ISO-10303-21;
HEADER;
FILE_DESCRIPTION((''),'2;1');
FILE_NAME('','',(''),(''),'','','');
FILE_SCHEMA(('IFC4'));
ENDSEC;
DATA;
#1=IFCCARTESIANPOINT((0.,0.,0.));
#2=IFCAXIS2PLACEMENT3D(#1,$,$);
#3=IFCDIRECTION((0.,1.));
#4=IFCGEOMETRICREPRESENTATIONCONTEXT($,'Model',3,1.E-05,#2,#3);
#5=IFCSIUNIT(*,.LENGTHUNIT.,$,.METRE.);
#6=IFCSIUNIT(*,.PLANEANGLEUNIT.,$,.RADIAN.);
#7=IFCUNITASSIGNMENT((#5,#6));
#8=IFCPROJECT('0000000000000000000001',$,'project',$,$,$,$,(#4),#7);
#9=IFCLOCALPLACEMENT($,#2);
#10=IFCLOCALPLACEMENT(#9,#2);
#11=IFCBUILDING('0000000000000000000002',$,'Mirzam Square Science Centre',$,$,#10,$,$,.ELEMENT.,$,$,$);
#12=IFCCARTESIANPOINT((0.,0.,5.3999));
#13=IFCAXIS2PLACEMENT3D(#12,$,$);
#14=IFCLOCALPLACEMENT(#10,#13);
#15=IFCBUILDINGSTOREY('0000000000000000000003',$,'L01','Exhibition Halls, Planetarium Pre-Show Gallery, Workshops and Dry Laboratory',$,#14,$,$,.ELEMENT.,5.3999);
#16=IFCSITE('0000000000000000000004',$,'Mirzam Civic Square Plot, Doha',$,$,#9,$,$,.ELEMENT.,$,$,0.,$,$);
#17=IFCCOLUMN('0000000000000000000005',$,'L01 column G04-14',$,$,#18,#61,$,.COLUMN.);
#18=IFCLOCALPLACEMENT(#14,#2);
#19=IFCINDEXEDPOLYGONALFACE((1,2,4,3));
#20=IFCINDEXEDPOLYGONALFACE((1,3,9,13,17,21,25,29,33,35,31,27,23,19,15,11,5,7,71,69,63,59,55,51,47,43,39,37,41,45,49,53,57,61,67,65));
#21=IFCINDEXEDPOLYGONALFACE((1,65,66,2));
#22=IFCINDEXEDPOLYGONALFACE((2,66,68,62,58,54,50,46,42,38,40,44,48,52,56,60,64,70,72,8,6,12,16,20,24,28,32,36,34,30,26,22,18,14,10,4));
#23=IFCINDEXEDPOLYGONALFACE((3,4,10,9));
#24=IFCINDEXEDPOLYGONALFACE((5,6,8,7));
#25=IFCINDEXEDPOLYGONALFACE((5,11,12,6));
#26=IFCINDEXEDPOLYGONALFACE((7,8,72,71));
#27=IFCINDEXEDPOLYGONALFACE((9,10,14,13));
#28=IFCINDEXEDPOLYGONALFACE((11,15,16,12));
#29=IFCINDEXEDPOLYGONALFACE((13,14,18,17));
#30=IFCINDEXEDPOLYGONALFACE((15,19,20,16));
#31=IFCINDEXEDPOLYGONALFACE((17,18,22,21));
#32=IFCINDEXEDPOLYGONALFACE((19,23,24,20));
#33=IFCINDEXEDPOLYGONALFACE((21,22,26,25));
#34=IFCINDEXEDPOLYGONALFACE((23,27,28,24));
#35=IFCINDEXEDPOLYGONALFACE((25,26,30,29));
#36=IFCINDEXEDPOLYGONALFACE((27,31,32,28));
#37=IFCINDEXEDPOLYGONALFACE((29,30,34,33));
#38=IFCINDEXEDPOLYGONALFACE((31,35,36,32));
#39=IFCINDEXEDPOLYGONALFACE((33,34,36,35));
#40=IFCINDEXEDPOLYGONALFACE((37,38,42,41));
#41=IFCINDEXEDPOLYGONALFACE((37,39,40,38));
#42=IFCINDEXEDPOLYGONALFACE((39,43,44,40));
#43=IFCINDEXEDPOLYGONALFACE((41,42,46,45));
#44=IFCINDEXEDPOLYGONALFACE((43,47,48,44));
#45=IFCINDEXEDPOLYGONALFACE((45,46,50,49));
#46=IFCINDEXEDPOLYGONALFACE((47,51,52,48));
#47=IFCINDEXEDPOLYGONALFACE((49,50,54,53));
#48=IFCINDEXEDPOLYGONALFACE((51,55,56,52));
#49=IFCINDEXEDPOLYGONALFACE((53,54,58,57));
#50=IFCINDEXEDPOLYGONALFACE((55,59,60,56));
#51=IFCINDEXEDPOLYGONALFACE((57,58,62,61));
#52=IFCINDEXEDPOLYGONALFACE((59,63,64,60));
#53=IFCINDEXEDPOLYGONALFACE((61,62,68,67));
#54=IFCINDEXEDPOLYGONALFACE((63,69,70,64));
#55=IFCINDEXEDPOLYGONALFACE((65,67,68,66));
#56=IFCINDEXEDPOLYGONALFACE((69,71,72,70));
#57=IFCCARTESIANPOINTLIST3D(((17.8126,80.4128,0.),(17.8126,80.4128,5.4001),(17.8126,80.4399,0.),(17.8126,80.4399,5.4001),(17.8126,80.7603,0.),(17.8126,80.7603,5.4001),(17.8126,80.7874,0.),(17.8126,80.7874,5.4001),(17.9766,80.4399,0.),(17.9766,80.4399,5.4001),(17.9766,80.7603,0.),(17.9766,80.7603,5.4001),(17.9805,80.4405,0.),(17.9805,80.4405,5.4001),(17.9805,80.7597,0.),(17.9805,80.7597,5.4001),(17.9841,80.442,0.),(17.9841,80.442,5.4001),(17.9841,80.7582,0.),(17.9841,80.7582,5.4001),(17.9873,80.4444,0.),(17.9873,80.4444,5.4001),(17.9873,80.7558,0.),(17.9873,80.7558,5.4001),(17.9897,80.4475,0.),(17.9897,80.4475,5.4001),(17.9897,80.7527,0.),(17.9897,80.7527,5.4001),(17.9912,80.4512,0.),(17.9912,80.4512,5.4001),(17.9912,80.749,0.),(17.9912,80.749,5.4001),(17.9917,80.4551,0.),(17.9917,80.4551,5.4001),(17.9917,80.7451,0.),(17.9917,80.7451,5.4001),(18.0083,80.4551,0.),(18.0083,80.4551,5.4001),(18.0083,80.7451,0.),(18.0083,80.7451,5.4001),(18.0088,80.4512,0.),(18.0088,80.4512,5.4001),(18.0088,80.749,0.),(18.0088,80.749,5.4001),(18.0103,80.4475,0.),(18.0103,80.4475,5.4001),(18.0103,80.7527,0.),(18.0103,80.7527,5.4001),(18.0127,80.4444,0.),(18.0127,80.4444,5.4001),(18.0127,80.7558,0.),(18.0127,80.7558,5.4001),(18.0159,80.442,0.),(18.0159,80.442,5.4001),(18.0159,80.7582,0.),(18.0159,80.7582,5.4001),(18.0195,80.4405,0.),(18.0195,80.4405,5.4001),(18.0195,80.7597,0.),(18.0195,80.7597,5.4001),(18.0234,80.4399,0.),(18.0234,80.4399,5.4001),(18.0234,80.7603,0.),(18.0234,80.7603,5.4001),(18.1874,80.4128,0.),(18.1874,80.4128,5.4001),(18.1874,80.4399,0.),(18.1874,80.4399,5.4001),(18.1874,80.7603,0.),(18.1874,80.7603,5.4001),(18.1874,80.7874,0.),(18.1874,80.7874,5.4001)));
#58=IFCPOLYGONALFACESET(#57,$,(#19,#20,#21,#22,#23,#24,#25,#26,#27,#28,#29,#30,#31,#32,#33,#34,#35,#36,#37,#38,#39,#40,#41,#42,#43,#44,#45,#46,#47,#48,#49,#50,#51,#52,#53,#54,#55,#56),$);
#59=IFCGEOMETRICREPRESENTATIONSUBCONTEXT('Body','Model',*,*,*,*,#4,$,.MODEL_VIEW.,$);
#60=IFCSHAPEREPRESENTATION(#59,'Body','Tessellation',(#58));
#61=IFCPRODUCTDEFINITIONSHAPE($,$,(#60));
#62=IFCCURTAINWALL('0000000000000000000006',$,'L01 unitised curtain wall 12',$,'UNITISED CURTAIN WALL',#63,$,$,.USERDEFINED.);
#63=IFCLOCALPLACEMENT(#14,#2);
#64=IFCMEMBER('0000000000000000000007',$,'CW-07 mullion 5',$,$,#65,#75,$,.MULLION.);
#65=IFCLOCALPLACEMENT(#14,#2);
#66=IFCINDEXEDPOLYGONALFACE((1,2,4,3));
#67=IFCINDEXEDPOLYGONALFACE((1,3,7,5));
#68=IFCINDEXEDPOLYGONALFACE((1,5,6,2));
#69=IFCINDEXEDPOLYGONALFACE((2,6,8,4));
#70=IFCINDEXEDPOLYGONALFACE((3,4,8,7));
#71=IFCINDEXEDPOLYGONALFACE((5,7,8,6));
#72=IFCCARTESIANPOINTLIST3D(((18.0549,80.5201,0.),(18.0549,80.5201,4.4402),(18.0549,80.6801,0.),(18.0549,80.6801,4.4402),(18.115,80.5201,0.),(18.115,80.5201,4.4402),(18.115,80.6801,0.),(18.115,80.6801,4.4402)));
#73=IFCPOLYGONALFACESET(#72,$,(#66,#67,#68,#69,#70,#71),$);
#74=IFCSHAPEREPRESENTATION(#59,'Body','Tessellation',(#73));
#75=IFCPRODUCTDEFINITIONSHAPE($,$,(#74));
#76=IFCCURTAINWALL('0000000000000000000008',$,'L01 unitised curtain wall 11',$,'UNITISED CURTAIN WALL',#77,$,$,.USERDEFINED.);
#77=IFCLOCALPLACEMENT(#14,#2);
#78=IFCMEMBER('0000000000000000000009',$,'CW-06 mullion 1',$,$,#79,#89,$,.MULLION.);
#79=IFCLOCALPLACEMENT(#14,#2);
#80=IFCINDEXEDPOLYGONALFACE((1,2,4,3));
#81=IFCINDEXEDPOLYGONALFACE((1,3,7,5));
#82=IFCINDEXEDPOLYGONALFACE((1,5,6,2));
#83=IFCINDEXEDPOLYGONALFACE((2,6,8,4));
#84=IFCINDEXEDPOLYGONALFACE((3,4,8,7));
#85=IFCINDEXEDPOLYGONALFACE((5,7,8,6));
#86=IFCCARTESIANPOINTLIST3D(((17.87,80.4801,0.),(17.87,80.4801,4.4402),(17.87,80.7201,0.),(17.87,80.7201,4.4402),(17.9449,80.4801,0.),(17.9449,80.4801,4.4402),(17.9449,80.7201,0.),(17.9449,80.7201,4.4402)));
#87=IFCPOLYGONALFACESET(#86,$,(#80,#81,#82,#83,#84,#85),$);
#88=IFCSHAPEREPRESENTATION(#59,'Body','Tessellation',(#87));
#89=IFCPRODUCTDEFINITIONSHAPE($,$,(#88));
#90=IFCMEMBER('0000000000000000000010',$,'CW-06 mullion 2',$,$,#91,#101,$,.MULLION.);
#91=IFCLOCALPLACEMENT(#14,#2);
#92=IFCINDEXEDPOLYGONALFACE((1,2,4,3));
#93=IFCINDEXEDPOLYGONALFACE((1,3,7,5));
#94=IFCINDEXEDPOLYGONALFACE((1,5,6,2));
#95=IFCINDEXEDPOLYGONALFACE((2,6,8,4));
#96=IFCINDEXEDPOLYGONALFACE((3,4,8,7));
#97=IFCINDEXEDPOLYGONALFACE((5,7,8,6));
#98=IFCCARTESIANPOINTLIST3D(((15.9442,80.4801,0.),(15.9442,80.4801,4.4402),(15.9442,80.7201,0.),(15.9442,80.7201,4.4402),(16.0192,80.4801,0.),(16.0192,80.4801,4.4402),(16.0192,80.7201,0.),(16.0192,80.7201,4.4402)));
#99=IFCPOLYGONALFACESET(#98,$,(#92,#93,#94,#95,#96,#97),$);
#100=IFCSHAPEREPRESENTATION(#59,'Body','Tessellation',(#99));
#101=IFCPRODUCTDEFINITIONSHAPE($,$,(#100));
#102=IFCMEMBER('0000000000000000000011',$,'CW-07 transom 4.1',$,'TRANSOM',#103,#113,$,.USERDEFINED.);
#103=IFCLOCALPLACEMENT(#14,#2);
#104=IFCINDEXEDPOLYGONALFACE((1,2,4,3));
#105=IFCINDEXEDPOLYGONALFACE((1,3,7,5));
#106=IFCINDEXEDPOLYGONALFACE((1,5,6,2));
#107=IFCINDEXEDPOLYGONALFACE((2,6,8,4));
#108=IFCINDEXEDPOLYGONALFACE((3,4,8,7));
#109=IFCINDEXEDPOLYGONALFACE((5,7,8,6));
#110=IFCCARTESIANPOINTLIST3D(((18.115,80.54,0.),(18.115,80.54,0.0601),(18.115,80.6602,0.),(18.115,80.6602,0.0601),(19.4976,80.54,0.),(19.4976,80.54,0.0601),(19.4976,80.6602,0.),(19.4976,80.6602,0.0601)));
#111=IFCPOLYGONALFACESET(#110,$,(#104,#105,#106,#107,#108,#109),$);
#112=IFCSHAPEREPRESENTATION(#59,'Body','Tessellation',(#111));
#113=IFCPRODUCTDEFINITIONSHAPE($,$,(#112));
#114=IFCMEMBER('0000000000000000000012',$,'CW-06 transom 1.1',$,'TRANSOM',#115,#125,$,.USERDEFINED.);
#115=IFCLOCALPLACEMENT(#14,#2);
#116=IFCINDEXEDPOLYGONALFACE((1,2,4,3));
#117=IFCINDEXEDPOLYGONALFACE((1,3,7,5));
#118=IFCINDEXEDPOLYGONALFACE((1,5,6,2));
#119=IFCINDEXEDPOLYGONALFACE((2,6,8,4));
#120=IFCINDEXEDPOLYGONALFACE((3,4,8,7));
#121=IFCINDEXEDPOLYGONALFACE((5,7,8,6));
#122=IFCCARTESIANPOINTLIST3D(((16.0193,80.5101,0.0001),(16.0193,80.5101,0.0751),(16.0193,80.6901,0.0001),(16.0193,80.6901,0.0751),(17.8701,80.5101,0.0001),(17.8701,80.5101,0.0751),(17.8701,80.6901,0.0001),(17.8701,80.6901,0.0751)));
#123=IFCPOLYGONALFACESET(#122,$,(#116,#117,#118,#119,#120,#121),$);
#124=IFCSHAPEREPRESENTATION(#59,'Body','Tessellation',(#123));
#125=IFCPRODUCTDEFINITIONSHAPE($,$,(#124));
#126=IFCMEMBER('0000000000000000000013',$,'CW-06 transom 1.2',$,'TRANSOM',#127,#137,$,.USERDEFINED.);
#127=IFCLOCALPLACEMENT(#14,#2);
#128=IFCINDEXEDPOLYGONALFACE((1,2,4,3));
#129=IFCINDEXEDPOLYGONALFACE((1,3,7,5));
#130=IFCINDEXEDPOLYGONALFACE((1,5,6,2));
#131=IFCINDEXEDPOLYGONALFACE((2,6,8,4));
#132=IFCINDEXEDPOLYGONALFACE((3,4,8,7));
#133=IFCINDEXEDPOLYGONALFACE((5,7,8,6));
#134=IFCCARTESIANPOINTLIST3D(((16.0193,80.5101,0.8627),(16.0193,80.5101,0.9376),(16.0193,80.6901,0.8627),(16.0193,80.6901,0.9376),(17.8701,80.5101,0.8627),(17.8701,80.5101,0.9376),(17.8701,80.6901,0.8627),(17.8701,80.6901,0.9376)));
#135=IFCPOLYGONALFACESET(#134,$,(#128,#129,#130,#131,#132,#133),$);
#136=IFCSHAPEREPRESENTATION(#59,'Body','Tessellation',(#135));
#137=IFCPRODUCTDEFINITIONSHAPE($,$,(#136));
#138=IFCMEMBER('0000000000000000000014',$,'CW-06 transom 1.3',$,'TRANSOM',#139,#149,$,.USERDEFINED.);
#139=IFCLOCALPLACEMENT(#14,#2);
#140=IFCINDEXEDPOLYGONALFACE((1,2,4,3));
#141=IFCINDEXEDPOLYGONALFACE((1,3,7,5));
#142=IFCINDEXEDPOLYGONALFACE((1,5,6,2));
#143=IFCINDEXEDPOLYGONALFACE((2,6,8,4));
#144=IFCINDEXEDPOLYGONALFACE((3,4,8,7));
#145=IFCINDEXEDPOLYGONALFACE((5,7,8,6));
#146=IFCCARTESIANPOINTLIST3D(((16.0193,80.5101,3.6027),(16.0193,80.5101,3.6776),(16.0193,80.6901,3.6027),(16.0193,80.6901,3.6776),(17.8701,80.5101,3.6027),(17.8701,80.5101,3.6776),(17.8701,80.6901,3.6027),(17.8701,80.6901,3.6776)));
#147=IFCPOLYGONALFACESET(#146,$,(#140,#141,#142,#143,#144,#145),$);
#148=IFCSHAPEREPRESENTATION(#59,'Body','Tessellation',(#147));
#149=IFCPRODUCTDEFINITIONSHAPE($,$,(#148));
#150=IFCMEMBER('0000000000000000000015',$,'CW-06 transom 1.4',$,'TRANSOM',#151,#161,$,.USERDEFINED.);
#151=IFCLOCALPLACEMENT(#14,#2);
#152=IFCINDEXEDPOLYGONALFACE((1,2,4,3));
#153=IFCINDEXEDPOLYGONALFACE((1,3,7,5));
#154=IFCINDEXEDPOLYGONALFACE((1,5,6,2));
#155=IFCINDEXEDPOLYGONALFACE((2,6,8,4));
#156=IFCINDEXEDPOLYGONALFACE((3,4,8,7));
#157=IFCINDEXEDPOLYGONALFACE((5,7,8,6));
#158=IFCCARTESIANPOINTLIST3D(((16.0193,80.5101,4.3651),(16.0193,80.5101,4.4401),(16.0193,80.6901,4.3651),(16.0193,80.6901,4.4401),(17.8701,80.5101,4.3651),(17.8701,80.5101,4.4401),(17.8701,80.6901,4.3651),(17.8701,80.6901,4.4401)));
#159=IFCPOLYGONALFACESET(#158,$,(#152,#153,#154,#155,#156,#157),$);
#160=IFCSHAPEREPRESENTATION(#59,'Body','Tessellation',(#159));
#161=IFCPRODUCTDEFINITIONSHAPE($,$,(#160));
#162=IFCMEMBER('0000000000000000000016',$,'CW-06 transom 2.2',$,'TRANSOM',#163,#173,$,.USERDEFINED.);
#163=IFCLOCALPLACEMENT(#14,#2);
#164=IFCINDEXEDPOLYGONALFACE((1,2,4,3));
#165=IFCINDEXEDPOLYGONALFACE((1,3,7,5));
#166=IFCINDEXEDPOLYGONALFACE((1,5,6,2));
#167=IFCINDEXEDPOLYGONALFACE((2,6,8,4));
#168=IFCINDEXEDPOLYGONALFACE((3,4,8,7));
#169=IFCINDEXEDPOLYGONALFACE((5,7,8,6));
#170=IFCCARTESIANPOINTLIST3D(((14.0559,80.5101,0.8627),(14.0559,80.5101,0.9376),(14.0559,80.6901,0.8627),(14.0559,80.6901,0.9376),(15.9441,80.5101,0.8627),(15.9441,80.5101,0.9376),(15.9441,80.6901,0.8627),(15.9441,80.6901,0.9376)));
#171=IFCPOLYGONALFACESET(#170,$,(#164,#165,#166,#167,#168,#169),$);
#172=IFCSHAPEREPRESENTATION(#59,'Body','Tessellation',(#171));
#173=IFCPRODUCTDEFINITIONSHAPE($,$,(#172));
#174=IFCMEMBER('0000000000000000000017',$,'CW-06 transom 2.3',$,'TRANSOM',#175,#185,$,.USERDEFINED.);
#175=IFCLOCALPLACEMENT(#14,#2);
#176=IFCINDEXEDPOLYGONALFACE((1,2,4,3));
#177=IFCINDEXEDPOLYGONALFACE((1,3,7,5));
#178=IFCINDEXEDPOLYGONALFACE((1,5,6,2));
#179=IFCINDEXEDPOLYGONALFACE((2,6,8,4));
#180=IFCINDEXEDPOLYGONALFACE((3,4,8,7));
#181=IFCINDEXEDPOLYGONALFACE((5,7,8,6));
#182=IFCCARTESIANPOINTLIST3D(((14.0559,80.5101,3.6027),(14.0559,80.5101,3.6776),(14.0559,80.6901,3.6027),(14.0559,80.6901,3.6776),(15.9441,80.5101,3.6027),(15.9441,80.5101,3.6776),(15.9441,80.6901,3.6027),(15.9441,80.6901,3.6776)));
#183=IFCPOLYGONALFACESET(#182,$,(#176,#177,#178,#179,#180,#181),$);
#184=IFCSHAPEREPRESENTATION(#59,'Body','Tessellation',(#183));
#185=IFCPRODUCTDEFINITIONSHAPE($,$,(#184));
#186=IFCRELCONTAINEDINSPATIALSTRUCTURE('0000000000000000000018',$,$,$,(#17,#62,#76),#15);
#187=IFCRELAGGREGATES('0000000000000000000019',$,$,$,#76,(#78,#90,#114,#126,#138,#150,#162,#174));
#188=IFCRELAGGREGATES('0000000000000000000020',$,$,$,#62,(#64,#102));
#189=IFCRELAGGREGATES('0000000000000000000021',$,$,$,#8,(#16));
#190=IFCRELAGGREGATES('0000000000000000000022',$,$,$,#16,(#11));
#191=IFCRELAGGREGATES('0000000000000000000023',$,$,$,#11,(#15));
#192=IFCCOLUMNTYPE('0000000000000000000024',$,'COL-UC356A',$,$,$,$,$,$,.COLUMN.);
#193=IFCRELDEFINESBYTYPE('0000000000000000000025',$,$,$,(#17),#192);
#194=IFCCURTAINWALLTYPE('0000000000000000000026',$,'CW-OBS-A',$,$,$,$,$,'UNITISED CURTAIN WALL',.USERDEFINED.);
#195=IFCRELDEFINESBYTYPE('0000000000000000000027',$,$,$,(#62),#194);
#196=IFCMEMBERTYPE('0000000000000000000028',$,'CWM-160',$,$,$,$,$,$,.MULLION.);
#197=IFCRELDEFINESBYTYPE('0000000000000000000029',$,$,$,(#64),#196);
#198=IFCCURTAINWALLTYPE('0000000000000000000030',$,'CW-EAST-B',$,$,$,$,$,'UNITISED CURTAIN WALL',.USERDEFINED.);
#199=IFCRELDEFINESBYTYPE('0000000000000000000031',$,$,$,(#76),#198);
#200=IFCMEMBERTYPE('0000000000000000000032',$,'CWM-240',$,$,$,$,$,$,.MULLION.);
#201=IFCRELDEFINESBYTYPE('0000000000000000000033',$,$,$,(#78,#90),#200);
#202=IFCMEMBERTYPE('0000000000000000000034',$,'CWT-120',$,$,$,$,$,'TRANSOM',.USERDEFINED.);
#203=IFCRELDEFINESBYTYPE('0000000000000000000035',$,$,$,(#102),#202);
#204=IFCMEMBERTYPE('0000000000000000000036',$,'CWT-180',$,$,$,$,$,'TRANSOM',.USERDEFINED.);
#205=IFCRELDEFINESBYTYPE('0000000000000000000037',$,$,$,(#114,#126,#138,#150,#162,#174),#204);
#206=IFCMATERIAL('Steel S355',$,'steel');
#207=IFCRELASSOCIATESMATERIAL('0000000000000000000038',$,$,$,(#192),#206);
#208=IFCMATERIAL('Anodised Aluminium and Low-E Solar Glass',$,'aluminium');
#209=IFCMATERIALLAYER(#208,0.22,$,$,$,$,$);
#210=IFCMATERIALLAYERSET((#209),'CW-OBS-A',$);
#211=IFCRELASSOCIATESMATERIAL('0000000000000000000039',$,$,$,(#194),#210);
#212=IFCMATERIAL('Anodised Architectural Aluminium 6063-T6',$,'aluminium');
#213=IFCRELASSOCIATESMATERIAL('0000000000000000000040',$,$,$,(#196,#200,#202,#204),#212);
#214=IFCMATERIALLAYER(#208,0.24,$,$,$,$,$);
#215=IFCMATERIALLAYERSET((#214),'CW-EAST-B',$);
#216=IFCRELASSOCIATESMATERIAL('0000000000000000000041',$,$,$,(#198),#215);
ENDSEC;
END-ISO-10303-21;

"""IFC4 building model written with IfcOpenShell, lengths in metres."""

from ifc_helpers import new_model, si_unit, direction, frame, origin, origin_2d, place, context, subcontext, project, spatial, rectangle, i_section, extrude, material, layer, layer_set, material_profile, profile_set, type_object, element, aggregate, save


model = new_model("IFC4")

# Units and contexts
model_context = context("Model", 3, precision=1e-05, world=origin(), true_north=direction((0.0, 1.0)))
body_context = subcontext(model_context, "Body", "Model", "MODEL_VIEW")
ifc_project = project(units=[si_unit("LENGTHUNIT", "METRE"), si_unit("PLANEANGLEUNIT", "RADIAN")], contexts=[model_context])

# Site, building, storey
site_placement = place(None, origin())
site = spatial("IfcSite", under=ifc_project, at=site_placement, Name="Mirzam Civic Square Plot, Doha", CompositionType="ELEMENT", RefElevation=0.0)
building_placement = place(site_placement, origin())
building = spatial("IfcBuilding", under=site, at=building_placement, Name="Mirzam Square Science Centre", CompositionType="ELEMENT")
storey_placement = place(building_placement, frame((0.0, 0.0, 5.3999)))
storey = spatial("IfcBuildingStorey", under=building, at=storey_placement, Name="L01", Description="Exhibition Halls, Planetarium Pre-Show Gallery, Workshops and Dry Laboratory", CompositionType="ELEMENT", Elevation=5.3999)

# Column
ifc_material_1 = material(Name="Steel S355", Category="steel")
ifc_material_profile_1 = material_profile(ifc_material_1, i_section(OverallWidth=0.3748, OverallDepth=0.3745, WebThickness=0.0166, FlangeThickness=0.0271, FilletRadius=0.0151, at=origin_2d()), Name="356x368x202UC")
ifc_profile_set_1 = profile_set([ifc_material_profile_1], Name="Steel S355")
column_type = type_object("IfcColumnType", Name="COL-UC356A", PredefinedType="COLUMN", material=ifc_profile_set_1)
column_placement = place(storey_placement, frame((18.0, 80.6001, 0.0), z_axis=(0.0, 0.0, 1.0), x_axis=(1.0, 0.0, 0.0)))
element("IfcColumn", 1, at=column_placement, inside=storey, type_object=column_type, Name="L01 column G04-14", PredefinedType="COLUMN", context=body_context, shape_type="SweptSolid", body=[
    extrude(i_section(OverallWidth=0.3748, OverallDepth=0.3745, WebThickness=0.0166, FlangeThickness=0.0271, FilletRadius=0.0151, at=origin_2d()), origin(), (0.0, 0.0, 1.0), 5.4001),
])

# Curtain wall, member
ifc_material_2 = material(Name="Anodised Aluminium and Low-E Solar Glass", Category="aluminium")
ifc_layer_1 = layer(ifc_material_2, 0.22)
ifc_layer_set_1 = layer_set([ifc_layer_1], Name="CW-OBS-A")
curtain_wall_type_1 = type_object("IfcCurtainWallType", Name="CW-OBS-A", ElementType="UNITISED CURTAIN WALL", PredefinedType="USERDEFINED", material=ifc_layer_set_1)
curtain_wall_1_placement = place(storey_placement, origin())
curtain_wall_1 = element("IfcCurtainWall", 2, at=curtain_wall_1_placement, inside=storey, type_object=curtain_wall_type_1, Name="L01 unitised curtain wall 12", ObjectType="UNITISED CURTAIN WALL", PredefinedType="USERDEFINED")
ifc_material_3 = material(Name="Anodised Architectural Aluminium 6063-T6", Category="aluminium")
ifc_material_profile_2 = material_profile(ifc_material_3, rectangle(XDim=0.0601, YDim=0.1599, at=origin_2d()), Name="ALU-MULL-160x60x4")
ifc_profile_set_2 = profile_set([ifc_material_profile_2], Name="Anodised Architectural Aluminium 6063-T6")
member_type_1 = type_object("IfcMemberType", Name="CWM-160", PredefinedType="MULLION", material=ifc_profile_set_2)
member_1_placement = place(storey_placement, frame((18.085, 80.6001, 0.0), z_axis=(0.0, 0.0, 1.0), x_axis=(-1.0, 0.0, 0.0)))
member_1 = element("IfcMember", 3, at=member_1_placement, type_object=member_type_1, Name="CW-07 mullion 5", PredefinedType="MULLION", context=body_context, shape_type="SweptSolid", body=[
    extrude(rectangle(XDim=0.0601, YDim=0.1599, at=origin_2d()), origin(), (0.0, 0.0, 1.0), 4.4402),
])

# Curtain wall, members
ifc_layer_2 = layer(ifc_material_2, 0.24)
ifc_layer_set_2 = layer_set([ifc_layer_2], Name="CW-EAST-B")
curtain_wall_type_2 = type_object("IfcCurtainWallType", Name="CW-EAST-B", ElementType="UNITISED CURTAIN WALL", PredefinedType="USERDEFINED", material=ifc_layer_set_2)
curtain_wall_2_placement = place(storey_placement, origin())
curtain_wall_2 = element("IfcCurtainWall", 4, at=curtain_wall_2_placement, inside=storey, type_object=curtain_wall_type_2, Name="L01 unitised curtain wall 11", ObjectType="UNITISED CURTAIN WALL", PredefinedType="USERDEFINED")
ifc_material_profile_3 = material_profile(ifc_material_3, rectangle(XDim=0.075, YDim=0.24, at=origin_2d()), Name="ALU-MULL-240x75x5")
ifc_profile_set_3 = profile_set([ifc_material_profile_3], Name="Anodised Architectural Aluminium 6063-T6")
member_type_2 = type_object("IfcMemberType", Name="CWM-240", PredefinedType="MULLION", material=ifc_profile_set_3)
member_2_placement = place(storey_placement, frame((17.9075, 80.6001, 0.0), z_axis=(0.0, 0.0, 1.0), x_axis=(-1.0, 0.0, 0.0)))
member_2 = element("IfcMember", 5, at=member_2_placement, type_object=member_type_2, Name="CW-06 mullion 1", PredefinedType="MULLION", context=body_context, shape_type="SweptSolid", body=[
    extrude(rectangle(XDim=0.075, YDim=0.24, at=origin_2d()), origin(), (0.0, 0.0, 1.0), 4.4402),
])
member_3_placement = place(storey_placement, frame((15.9817, 80.6001, 0.0), z_axis=(0.0, 0.0, 1.0), x_axis=(-1.0, 0.0, 0.0)))
member_3 = element("IfcMember", 6, at=member_3_placement, type_object=member_type_2, Name="CW-06 mullion 2", PredefinedType="MULLION", context=body_context, shape_type="SweptSolid", body=[
    extrude(rectangle(XDim=0.075, YDim=0.24, at=origin_2d()), origin(), (0.0, 0.0, 1.0), 4.4402),
])

# Members
ifc_material_profile_4 = material_profile(ifc_material_3, rectangle(XDim=0.1201, YDim=0.0601, at=origin_2d()), Name="ALU-TRAN-120x60x4")
ifc_profile_set_4 = profile_set([ifc_material_profile_4], Name="Anodised Architectural Aluminium 6063-T6")
member_type_3 = type_object("IfcMemberType", Name="CWT-120", ElementType="TRANSOM", PredefinedType="USERDEFINED", material=ifc_profile_set_4)
member_4_placement = place(storey_placement, frame((19.4976, 80.6001, 0.03), z_axis=(-1.0, 0.0, 0.0), x_axis=(0.0, -1.0, 0.0)))
member_4 = element("IfcMember", 7, at=member_4_placement, type_object=member_type_3, Name="CW-07 transom 4.1", ObjectType="TRANSOM", PredefinedType="USERDEFINED", context=body_context, shape_type="SweptSolid", body=[
    extrude(rectangle(XDim=0.1201, YDim=0.0601, at=origin_2d()), origin(), (0.0, 0.0, 1.0), 1.3826),
])
ifc_material_profile_5 = material_profile(ifc_material_3, rectangle(XDim=0.1799, YDim=0.075, at=origin_2d()), Name="ALU-TRAN-180x75x5")
ifc_profile_set_5 = profile_set([ifc_material_profile_5], Name="Anodised Architectural Aluminium 6063-T6")
member_type_4 = type_object("IfcMemberType", Name="CWT-180", ElementType="TRANSOM", PredefinedType="USERDEFINED", material=ifc_profile_set_5)
member_5_placement = place(storey_placement, frame((17.8701, 80.6001, 0.0376), z_axis=(-1.0, 0.0, 0.0), x_axis=(0.0, -1.0, 0.0)))
member_5 = element("IfcMember", 8, at=member_5_placement, type_object=member_type_4, Name="CW-06 transom 1.1", ObjectType="TRANSOM", PredefinedType="USERDEFINED", context=body_context, shape_type="SweptSolid", body=[
    extrude(rectangle(XDim=0.1799, YDim=0.075, at=origin_2d()), origin(), (0.0, 0.0, 1.0), 1.8508),
])
member_6_placement = place(storey_placement, frame((17.8701, 80.6001, 0.9001), z_axis=(-1.0, 0.0, 0.0), x_axis=(0.0, -1.0, 0.0)))
member_6 = element("IfcMember", 9, at=member_6_placement, type_object=member_type_4, Name="CW-06 transom 1.2", ObjectType="TRANSOM", PredefinedType="USERDEFINED", context=body_context, shape_type="SweptSolid", body=[
    extrude(rectangle(XDim=0.1799, YDim=0.075, at=origin_2d()), origin(), (0.0, 0.0, 1.0), 1.8508),
])
member_7_placement = place(storey_placement, frame((17.8701, 80.6001, 3.6401), z_axis=(-1.0, 0.0, 0.0), x_axis=(0.0, -1.0, 0.0)))
member_7 = element("IfcMember", 10, at=member_7_placement, type_object=member_type_4, Name="CW-06 transom 1.3", ObjectType="TRANSOM", PredefinedType="USERDEFINED", context=body_context, shape_type="SweptSolid", body=[
    extrude(rectangle(XDim=0.1799, YDim=0.075, at=origin_2d()), origin(), (0.0, 0.0, 1.0), 1.8508),
])
member_8_placement = place(storey_placement, frame((17.8701, 80.6001, 4.4026), z_axis=(-1.0, 0.0, 0.0), x_axis=(0.0, -1.0, 0.0)))
member_8 = element("IfcMember", 11, at=member_8_placement, type_object=member_type_4, Name="CW-06 transom 1.4", ObjectType="TRANSOM", PredefinedType="USERDEFINED", context=body_context, shape_type="SweptSolid", body=[
    extrude(rectangle(XDim=0.1799, YDim=0.075, at=origin_2d()), origin(), (0.0, 0.0, 1.0), 1.8508),
])
member_9_placement = place(storey_placement, frame((15.9441, 80.6001, 0.9001), z_axis=(-1.0, 0.0, 0.0), x_axis=(0.0, -1.0, 0.0)))
member_9 = element("IfcMember", 12, at=member_9_placement, type_object=member_type_4, Name="CW-06 transom 2.2", ObjectType="TRANSOM", PredefinedType="USERDEFINED", context=body_context, shape_type="SweptSolid", body=[
    extrude(rectangle(XDim=0.1799, YDim=0.075, at=origin_2d()), origin(), (0.0, 0.0, 1.0), 1.8882),
])
member_10_placement = place(storey_placement, frame((15.9441, 80.6001, 3.6401), z_axis=(-1.0, 0.0, 0.0), x_axis=(0.0, -1.0, 0.0)))
member_10 = element("IfcMember", 13, at=member_10_placement, type_object=member_type_4, Name="CW-06 transom 2.3", ObjectType="TRANSOM", PredefinedType="USERDEFINED", context=body_context, shape_type="SweptSolid", body=[
    extrude(rectangle(XDim=0.1799, YDim=0.075, at=origin_2d()), origin(), (0.0, 0.0, 1.0), 1.8882),
])

aggregate(curtain_wall_2, [member_2, member_3, member_5, member_6, member_7, member_8, member_9, member_10])
aggregate(curtain_wall_1, [member_1, member_4])

save(model, "model.ifc")
